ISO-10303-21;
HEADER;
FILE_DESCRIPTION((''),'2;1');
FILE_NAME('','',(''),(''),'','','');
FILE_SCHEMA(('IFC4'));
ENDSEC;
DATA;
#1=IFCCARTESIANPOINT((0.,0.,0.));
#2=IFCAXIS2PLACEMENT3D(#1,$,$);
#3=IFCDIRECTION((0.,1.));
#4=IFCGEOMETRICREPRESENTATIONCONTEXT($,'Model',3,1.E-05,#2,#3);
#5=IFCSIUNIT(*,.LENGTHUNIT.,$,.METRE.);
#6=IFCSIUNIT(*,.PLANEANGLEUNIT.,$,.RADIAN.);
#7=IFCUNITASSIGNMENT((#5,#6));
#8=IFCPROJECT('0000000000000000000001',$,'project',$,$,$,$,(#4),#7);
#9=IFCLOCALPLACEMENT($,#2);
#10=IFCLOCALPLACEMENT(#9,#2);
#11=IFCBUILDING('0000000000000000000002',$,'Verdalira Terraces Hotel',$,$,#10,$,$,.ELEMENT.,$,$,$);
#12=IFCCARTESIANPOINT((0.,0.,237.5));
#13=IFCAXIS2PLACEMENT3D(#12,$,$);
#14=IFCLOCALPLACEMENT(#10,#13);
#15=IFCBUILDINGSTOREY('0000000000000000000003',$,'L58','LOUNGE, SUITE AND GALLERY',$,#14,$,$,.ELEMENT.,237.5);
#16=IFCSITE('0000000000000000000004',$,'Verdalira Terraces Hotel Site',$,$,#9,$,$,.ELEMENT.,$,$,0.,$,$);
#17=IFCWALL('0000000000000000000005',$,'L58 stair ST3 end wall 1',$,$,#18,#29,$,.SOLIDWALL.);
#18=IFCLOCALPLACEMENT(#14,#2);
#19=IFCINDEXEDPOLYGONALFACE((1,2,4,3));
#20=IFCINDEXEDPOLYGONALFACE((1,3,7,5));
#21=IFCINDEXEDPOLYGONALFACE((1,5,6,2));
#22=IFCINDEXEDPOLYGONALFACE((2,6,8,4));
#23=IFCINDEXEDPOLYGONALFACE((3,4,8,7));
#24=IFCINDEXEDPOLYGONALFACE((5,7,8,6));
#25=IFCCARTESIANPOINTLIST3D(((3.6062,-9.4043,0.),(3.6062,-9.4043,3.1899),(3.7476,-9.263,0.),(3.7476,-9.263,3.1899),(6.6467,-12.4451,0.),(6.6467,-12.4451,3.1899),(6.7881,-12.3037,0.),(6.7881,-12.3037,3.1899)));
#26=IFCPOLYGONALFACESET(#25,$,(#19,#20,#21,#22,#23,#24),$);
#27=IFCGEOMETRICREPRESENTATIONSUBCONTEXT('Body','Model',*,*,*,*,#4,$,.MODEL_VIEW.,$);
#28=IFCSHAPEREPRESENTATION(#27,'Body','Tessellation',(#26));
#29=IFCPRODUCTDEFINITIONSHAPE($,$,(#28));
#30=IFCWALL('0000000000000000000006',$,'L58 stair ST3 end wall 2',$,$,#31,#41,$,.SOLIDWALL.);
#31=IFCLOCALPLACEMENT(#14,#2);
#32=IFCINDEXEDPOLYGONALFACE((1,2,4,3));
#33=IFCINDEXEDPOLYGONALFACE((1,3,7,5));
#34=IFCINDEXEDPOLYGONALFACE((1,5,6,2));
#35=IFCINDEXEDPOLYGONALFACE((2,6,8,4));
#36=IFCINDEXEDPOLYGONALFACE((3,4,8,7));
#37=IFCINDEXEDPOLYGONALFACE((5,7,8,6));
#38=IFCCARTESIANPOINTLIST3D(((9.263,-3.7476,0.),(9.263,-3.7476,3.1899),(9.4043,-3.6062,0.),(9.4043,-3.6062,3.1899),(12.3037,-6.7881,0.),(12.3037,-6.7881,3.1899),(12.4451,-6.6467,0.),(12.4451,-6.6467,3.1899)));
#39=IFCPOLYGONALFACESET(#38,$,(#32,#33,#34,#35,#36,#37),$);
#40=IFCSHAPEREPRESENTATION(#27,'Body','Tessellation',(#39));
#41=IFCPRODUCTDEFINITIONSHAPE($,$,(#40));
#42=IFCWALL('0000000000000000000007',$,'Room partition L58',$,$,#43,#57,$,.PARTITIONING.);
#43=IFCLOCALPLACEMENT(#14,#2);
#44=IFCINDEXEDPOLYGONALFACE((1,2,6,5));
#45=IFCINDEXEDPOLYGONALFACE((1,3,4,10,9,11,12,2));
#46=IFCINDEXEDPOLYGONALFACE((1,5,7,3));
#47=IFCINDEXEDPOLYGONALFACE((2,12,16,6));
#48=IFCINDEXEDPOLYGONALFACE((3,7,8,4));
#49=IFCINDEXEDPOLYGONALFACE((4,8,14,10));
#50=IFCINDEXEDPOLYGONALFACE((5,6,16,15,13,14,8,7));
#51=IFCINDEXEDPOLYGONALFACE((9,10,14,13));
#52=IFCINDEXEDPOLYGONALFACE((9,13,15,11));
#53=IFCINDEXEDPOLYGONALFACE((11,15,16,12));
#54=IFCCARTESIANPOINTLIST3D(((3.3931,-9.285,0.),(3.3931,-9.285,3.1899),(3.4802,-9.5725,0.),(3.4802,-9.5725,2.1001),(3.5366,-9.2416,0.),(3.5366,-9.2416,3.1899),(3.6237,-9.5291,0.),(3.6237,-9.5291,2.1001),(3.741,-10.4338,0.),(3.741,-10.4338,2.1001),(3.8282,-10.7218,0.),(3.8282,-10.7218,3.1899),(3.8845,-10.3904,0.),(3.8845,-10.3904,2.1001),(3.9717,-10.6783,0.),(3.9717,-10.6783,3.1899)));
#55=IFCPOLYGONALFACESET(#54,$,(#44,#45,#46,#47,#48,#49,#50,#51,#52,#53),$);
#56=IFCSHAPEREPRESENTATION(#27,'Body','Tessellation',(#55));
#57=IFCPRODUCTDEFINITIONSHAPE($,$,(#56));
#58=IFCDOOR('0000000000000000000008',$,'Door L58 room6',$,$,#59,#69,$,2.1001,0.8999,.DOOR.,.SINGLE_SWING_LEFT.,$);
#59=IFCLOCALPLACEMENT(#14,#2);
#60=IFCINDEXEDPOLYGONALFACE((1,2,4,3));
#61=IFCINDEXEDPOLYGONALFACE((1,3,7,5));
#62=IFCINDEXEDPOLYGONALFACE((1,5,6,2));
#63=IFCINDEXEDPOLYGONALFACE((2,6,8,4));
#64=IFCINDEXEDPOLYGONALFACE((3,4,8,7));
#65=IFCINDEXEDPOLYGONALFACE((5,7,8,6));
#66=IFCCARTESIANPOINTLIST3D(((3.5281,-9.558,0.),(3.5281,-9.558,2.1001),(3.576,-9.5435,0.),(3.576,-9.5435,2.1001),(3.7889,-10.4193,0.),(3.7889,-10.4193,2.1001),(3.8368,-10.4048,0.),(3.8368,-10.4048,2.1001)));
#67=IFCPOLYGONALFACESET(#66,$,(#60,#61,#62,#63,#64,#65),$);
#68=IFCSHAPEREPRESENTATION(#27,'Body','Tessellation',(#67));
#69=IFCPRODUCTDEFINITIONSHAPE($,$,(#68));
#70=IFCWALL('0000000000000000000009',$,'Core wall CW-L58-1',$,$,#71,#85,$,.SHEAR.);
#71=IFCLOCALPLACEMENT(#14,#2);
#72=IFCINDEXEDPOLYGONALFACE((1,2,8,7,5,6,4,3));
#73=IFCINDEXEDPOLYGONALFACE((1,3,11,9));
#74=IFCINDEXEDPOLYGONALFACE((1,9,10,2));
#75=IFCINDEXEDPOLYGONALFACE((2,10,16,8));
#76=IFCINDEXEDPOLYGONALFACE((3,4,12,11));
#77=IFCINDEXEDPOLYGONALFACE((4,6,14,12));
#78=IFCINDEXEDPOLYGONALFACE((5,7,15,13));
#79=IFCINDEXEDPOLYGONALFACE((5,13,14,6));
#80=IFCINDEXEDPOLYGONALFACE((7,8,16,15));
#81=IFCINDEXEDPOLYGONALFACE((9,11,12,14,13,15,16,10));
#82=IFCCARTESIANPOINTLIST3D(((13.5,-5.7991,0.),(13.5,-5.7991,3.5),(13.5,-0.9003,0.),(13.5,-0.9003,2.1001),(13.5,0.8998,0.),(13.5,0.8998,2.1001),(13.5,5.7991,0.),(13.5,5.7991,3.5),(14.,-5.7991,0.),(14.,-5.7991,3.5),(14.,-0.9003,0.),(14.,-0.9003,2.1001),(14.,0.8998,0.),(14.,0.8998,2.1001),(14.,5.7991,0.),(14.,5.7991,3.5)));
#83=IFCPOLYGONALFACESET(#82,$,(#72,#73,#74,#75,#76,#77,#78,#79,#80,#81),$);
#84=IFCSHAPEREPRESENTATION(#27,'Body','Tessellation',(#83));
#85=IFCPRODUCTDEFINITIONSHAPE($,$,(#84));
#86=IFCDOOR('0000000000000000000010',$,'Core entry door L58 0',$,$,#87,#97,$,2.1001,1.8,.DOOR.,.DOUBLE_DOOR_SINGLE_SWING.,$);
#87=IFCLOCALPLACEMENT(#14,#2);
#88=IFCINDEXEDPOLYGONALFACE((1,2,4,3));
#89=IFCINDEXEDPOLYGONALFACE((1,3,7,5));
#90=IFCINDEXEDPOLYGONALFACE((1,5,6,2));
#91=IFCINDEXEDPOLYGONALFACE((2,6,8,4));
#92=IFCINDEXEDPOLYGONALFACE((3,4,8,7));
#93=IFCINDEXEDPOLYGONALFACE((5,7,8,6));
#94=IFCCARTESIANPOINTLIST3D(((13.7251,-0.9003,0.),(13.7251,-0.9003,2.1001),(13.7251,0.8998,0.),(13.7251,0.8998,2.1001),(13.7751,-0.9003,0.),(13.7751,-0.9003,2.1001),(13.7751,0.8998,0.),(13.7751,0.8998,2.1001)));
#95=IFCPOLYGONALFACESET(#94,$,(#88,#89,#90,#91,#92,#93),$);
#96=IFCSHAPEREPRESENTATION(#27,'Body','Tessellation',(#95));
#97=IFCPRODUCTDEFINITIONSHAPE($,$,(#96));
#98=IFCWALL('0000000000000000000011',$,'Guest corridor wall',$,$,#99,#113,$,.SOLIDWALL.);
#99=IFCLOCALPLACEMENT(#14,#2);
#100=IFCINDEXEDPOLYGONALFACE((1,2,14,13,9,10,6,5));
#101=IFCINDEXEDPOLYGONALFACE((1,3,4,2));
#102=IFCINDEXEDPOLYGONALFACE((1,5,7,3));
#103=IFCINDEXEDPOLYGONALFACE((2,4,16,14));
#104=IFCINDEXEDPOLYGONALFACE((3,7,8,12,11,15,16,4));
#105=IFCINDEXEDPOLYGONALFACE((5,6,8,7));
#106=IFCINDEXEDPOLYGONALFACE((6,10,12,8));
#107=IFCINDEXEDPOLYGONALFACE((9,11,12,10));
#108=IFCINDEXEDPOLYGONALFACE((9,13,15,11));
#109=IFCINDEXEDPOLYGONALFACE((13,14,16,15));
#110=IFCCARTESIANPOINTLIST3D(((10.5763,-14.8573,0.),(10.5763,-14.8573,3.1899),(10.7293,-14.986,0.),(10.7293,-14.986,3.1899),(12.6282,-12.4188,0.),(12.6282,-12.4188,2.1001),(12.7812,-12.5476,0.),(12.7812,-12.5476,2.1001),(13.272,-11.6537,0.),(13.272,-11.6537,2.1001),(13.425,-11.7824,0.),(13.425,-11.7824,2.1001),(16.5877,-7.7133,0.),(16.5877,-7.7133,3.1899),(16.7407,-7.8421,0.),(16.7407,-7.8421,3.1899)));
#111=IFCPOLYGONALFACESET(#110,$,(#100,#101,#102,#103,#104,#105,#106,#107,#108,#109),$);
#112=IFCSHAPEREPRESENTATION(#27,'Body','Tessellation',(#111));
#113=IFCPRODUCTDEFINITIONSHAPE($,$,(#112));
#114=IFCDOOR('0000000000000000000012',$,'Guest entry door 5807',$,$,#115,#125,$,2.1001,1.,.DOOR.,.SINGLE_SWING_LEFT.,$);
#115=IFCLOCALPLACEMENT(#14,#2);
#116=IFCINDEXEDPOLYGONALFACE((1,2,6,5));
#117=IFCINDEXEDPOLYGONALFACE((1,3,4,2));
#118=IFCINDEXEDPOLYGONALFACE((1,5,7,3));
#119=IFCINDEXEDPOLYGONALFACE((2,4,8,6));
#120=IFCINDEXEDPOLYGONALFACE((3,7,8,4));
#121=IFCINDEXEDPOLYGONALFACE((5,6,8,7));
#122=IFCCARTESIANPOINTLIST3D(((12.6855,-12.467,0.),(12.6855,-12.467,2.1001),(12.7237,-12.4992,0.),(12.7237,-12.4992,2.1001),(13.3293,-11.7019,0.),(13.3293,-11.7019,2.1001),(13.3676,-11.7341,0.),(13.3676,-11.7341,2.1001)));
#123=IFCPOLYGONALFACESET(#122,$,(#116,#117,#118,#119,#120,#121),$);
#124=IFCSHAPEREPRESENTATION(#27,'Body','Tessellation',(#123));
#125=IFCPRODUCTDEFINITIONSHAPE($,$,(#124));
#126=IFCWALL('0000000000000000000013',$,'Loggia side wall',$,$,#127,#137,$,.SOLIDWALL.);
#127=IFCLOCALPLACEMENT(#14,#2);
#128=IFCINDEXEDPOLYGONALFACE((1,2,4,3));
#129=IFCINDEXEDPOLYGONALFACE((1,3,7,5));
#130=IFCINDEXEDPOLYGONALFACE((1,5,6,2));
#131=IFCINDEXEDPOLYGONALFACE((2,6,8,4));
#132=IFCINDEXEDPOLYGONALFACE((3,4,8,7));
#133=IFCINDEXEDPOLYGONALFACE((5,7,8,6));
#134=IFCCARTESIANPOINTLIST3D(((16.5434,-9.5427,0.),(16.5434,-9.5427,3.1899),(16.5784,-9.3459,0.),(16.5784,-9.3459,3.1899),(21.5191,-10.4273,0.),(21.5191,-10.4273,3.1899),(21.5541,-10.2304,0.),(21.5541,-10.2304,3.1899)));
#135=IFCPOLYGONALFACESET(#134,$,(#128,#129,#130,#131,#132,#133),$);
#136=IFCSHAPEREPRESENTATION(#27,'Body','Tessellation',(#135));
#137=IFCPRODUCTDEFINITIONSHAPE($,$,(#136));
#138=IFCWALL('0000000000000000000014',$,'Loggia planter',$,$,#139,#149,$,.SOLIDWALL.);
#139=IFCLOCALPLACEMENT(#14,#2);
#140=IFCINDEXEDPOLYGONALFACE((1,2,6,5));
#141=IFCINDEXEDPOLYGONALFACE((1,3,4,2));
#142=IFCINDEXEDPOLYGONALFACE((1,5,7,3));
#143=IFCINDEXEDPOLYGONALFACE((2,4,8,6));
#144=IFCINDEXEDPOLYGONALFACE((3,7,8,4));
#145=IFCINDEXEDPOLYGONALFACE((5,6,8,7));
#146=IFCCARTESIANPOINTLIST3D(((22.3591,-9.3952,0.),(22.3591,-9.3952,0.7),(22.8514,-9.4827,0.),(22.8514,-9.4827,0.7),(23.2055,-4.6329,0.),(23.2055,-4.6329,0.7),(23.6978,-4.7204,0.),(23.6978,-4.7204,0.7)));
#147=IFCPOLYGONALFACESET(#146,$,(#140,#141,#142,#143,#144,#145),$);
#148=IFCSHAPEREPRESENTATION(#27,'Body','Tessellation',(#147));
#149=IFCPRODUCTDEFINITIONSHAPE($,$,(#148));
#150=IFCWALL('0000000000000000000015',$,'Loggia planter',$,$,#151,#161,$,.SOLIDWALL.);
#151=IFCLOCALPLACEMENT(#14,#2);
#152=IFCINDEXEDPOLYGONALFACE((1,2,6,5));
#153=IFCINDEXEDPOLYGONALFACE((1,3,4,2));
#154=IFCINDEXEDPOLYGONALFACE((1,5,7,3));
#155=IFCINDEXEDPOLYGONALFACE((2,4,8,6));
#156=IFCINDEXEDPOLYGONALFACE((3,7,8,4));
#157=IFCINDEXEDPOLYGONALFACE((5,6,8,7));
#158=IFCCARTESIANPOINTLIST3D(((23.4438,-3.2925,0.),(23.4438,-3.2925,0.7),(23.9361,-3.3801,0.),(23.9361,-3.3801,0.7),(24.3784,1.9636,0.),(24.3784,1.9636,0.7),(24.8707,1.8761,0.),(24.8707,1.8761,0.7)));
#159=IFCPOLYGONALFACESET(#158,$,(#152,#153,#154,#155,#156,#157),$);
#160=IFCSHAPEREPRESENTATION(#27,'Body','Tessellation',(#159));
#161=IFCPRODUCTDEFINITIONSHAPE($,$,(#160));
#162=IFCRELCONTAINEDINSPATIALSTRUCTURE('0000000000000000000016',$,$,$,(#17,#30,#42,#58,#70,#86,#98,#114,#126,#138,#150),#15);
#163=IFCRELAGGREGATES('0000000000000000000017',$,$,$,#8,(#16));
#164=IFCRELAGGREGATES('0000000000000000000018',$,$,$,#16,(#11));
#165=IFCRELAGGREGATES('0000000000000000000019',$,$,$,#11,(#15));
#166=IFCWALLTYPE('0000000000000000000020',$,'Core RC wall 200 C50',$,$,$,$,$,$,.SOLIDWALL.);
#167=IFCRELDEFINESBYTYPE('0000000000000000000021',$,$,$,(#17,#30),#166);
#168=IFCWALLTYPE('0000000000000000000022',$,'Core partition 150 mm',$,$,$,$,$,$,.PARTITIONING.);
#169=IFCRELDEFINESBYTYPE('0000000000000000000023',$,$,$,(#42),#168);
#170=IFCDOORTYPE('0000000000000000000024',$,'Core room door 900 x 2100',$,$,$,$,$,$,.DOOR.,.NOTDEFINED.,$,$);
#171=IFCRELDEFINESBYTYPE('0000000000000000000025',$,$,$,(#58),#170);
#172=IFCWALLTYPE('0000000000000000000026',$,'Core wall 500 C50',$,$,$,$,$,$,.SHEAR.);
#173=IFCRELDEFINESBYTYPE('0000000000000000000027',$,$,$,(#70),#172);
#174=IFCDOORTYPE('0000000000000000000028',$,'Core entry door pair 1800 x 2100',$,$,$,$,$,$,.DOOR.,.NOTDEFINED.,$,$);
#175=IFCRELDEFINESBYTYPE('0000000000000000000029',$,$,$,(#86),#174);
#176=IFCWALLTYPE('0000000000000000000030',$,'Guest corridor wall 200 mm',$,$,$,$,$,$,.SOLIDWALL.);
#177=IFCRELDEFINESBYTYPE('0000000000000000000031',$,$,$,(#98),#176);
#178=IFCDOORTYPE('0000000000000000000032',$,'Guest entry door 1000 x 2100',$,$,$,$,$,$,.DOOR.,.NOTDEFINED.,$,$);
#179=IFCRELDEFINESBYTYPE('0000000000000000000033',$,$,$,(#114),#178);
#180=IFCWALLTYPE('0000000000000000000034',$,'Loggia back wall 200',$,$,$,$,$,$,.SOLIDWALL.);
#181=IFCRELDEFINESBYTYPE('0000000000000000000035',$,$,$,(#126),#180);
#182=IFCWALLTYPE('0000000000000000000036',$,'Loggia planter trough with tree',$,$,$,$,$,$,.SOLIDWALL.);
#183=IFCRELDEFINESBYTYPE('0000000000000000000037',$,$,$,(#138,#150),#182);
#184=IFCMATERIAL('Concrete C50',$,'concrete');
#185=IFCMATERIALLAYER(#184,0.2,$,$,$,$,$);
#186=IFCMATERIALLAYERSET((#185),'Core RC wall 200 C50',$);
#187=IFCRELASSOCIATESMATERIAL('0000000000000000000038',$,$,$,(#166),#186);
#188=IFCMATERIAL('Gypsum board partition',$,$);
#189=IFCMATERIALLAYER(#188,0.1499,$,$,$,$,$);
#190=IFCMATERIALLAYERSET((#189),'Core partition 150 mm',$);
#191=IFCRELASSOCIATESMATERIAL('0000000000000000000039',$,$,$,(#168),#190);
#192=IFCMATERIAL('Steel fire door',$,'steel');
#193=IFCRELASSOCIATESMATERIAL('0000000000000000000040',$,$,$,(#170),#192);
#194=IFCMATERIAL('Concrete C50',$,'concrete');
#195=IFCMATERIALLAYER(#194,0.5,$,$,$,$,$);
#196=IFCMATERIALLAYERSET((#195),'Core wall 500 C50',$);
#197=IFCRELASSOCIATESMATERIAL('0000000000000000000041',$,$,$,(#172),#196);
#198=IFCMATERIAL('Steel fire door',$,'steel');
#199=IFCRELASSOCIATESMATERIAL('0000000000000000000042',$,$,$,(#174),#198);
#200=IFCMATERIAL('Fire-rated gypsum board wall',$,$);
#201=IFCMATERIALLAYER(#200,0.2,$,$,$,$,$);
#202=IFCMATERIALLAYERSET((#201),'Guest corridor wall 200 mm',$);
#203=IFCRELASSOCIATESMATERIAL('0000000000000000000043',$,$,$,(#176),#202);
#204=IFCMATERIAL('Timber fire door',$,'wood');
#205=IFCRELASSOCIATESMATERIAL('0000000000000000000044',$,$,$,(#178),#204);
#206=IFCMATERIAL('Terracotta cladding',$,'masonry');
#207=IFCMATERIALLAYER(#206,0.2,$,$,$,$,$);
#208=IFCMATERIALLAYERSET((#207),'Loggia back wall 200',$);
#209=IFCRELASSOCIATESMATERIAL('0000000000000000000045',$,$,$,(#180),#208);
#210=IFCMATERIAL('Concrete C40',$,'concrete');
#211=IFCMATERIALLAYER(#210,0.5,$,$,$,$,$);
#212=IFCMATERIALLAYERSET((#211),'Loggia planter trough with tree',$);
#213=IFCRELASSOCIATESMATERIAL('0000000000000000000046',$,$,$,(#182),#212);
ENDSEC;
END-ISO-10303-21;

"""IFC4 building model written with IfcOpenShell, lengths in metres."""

from ifc_helpers import new_model, si_unit, direction, frame, frame_2d, origin, place, context, subcontext, project, spatial, rectangle, extrude, material, layer, layer_set, type_object, element, fill, save


model = new_model("IFC4")

# Units and contexts
model_context = context("Model", 3, precision=1e-05, world=origin(), true_north=direction((0.0, 1.0)))
body_context = subcontext(model_context, "Body", "Model", "MODEL_VIEW")
ifc_project = project(units=[si_unit("LENGTHUNIT", "METRE"), si_unit("PLANEANGLEUNIT", "RADIAN")], contexts=[model_context])

# Site, building, storey
site_placement = place(None, origin())
site = spatial("IfcSite", under=ifc_project, at=site_placement, Name="Verdalira Terraces Hotel Site", CompositionType="ELEMENT", RefElevation=0.0)
building_placement = place(site_placement, origin())
building = spatial("IfcBuilding", under=site, at=building_placement, Name="Verdalira Terraces Hotel", CompositionType="ELEMENT")
storey_placement = place(building_placement, frame((0.0, 0.0, 237.5)))
storey = spatial("IfcBuildingStorey", under=building, at=storey_placement, Name="L58", Description="LOUNGE, SUITE AND GALLERY", CompositionType="ELEMENT", Elevation=237.5)

# Shared definitions
ifc_material_1 = material(Name="Concrete C50", Category="concrete")
ifc_layer_1 = layer(ifc_material_1, 0.2)
ifc_layer_set_1 = layer_set([ifc_layer_1], Name="Core RC wall 200 C50")
wall_type_1 = type_object("IfcWallType", Name="Core RC wall 200 C50", PredefinedType="SOLIDWALL", material=ifc_layer_set_1)

# Walls
for number, where, z_axis, x_axis, name in (
    (1, (3.677, -9.3337, 0.0), (0.0, 0.0, 1.0), (0.707078, -0.707135, 0.0), "L58 stair ST3 end wall 1"),
    (2, (9.3337, -3.677, 0.0), (0.0, 0.0, 1.0), (0.707135, -0.707078, 0.0), "L58 stair ST3 end wall 2"),
):
    element("IfcWall", number, at=place(storey_placement, frame(where, z_axis=z_axis, x_axis=x_axis)), inside=storey, type_object=wall_type_1, Name=name, PredefinedType="SOLIDWALL", context=body_context, shape_type="SweptSolid", body=[
        extrude(rectangle(XDim=4.3, YDim=0.2, at=frame_2d((2.1499, 0.0))), origin(), (0.0, 0.0, 1.0), 3.1899),
    ])

# Walls, openings, doors
ifc_material_2 = material(Name="Gypsum board partition")
ifc_layer_2 = layer(ifc_material_2, 0.1499)
ifc_layer_set_2 = layer_set([ifc_layer_2], Name="Core partition 150 mm")
wall_type_2 = type_object("IfcWallType", Name="Core partition 150 mm", PredefinedType="PARTITIONING", material=ifc_layer_set_2)
wall_1_placement = place(storey_placement, frame((3.8999, -10.7, 0.0), z_axis=(0.0, 0.0, 1.0), x_axis=(-0.289809, 0.957085, 0.0)))
wall_1 = element("IfcWall", 3, at=wall_1_placement, inside=storey, type_object=wall_type_2, Name="Room partition L58", PredefinedType="PARTITIONING", context=body_context, shape_type="SweptSolid", body=[
    extrude(rectangle(XDim=1.5012, YDim=0.1499, at=frame_2d((0.7505, 0.0))), origin(), (0.0, 0.0, 1.0), 3.1899),
])
opening_1_placement = place(wall_1_placement, frame((0.3008, 0.0, 0.0)))
opening_1 = element("IfcOpeningElement", 4, at=opening_1_placement, cuts=wall_1, PredefinedType="OPENING", context=body_context, shape_type="SweptSolid", body=[
    extrude(rectangle(XDim=0.8999, YDim=2.1001, at=frame_2d((0.45, 1.05))), frame((0.0, 0.085, 0.0), z_axis=(0.0, -1.0, 0.0), x_axis=(1.0, 0.0, 0.0)), (0.0, 0.0, 1.0), 0.1699),
])
ifc_material_3 = material(Name="Steel fire door", Category="steel")
door_type_1 = type_object("IfcDoorType", Name="Core room door 900 x 2100", OperationType="NOTDEFINED", PredefinedType="DOOR", material=ifc_material_3)
door_1_placement = place(opening_1_placement, origin())
door_1 = element("IfcDoor", 5, at=door_1_placement, inside=storey, type_object=door_type_1, Name="Door L58 room6", OperationType="SINGLE_SWING_LEFT", OverallHeight=2.1001, OverallWidth=0.8999, PredefinedType="DOOR", context=body_context, shape_type="SweptSolid", body=[
    extrude(rectangle(XDim=0.8999, YDim=2.1001, at=frame_2d((0.45, 1.05))), frame((0.0, 0.0249, 0.0), z_axis=(0.0, -1.0, 0.0), x_axis=(1.0, 0.0, 0.0)), (0.0, 0.0, 1.0), 0.05),
])
fill(opening_1, door_1)
ifc_material_4 = material(Name="Concrete C50", Category="concrete")
ifc_layer_3 = layer(ifc_material_4, 0.5)
ifc_layer_set_3 = layer_set([ifc_layer_3], Name="Core wall 500 C50")
wall_type_3 = type_object("IfcWallType", Name="Core wall 500 C50", PredefinedType="SHEAR", material=ifc_layer_set_3)
wall_2_placement = place(storey_placement, frame((13.75, -5.7991, 0.0), z_axis=(0.0, 0.0, 1.0), x_axis=(0.0, 1.0, 0.0)))
wall_2 = element("IfcWall", 6, at=wall_2_placement, inside=storey, type_object=wall_type_3, Name="Core wall CW-L58-1", PredefinedType="SHEAR", context=body_context, shape_type="SweptSolid", body=[
    extrude(rectangle(XDim=11.5981, YDim=0.5, at=frame_2d((5.7991, 0.0))), origin(), (0.0, 0.0, 1.0), 3.5),
])
opening_2_placement = place(wall_2_placement, frame((4.8989, 0.0, 0.0)))
opening_2 = element("IfcOpeningElement", 7, at=opening_2_placement, cuts=wall_2, PredefinedType="OPENING", context=body_context, shape_type="SweptSolid", body=[
    extrude(rectangle(XDim=1.8, YDim=2.1001, at=frame_2d((0.8999, 1.05))), frame((0.0, 0.26, 0.0), z_axis=(0.0, -1.0, 0.0), x_axis=(1.0, 0.0, 0.0)), (0.0, 0.0, 1.0), 0.52),
])
ifc_material_5 = material(Name="Steel fire door", Category="steel")
door_type_2 = type_object("IfcDoorType", Name="Core entry door pair 1800 x 2100", OperationType="NOTDEFINED", PredefinedType="DOOR", material=ifc_material_5)
door_2_placement = place(opening_2_placement, origin())
door_2 = element("IfcDoor", 8, at=door_2_placement, inside=storey, type_object=door_type_2, Name="Core entry door L58 0", OperationType="DOUBLE_DOOR_SINGLE_SWING", OverallHeight=2.1001, OverallWidth=1.8, PredefinedType="DOOR", context=body_context, shape_type="SweptSolid", body=[
    extrude(rectangle(XDim=1.8, YDim=2.1001, at=frame_2d((0.8999, 1.05))), frame((0.0, 0.0249, 0.0), z_axis=(0.0, -1.0, 0.0), x_axis=(1.0, 0.0, 0.0)), (0.0, 0.0, 1.0), 0.05),
])
fill(opening_2, door_2)
ifc_material_6 = material(Name="Fire-rated gypsum board wall")
ifc_layer_4 = layer(ifc_material_6, 0.2)
ifc_layer_set_4 = layer_set([ifc_layer_4], Name="Guest corridor wall 200 mm")
wall_type_4 = type_object("IfcWallType", Name="Guest corridor wall 200 mm", PredefinedType="SOLIDWALL", material=ifc_layer_set_4)
wall_3_placement = place(storey_placement, frame((16.6643, -7.7776, 0.0), z_axis=(0.0, 0.0, 1.0), x_axis=(-0.64385, -0.765152, 0.0)))
wall_3 = element("IfcWall", 9, at=wall_3_placement, inside=storey, type_object=wall_type_4, Name="Guest corridor wall", PredefinedType="SOLIDWALL", context=body_context, shape_type="SweptSolid", body=[
    extrude(rectangle(XDim=9.3367, YDim=0.2, at=frame_2d((4.6685, 0.0))), origin(), (0.0, 0.0, 1.0), 3.1899),
])
opening_3_placement = place(wall_3_placement, frame((5.1499, 0.0, 0.0)))
opening_3 = element("IfcOpeningElement", 10, at=opening_3_placement, cuts=wall_3, PredefinedType="OPENING", context=body_context, shape_type="SweptSolid", body=[
    extrude(rectangle(XDim=1.0, YDim=2.1001, at=frame_2d((0.5, 1.05))), frame((0.0, 0.1099, 0.0), z_axis=(0.0, -1.0, 0.0), x_axis=(1.0, 0.0, 0.0)), (0.0, 0.0, 1.0), 0.22),
])
ifc_material_7 = material(Name="Timber fire door", Category="wood")
door_type_3 = type_object("IfcDoorType", Name="Guest entry door 1000 x 2100", OperationType="NOTDEFINED", PredefinedType="DOOR", material=ifc_material_7)
door_3_placement = place(opening_3_placement, origin())
door_3 = element("IfcDoor", 11, at=door_3_placement, inside=storey, type_object=door_type_3, Name="Guest entry door 5807", OperationType="SINGLE_SWING_LEFT", OverallHeight=2.1001, OverallWidth=1.0, PredefinedType="DOOR", context=body_context, shape_type="SweptSolid", body=[
    extrude(rectangle(XDim=1.0, YDim=2.1001, at=frame_2d((0.5, 1.05))), frame((0.0, 0.0249, 0.0), z_axis=(0.0, -1.0, 0.0), x_axis=(1.0, 0.0, 0.0)), (0.0, 0.0, 1.0), 0.05),
])
fill(opening_3, door_3)

# Walls
ifc_material_8 = material(Name="Terracotta cladding", Category="masonry")
ifc_layer_5 = layer(ifc_material_8, 0.2)
ifc_layer_set_5 = layer_set([ifc_layer_5], Name="Loggia back wall 200")
wall_type_5 = type_object("IfcWallType", Name="Loggia back wall 200", PredefinedType="SOLIDWALL", material=ifc_layer_set_5)
wall_4_placement = place(storey_placement, frame((21.5366, -10.3289, 0.0), z_axis=(0.0, 0.0, 1.0), x_axis=(-0.984563, 0.175028, 0.0)))
element("IfcWall", 12, at=wall_4_placement, inside=storey, type_object=wall_type_5, Name="Loggia side wall", PredefinedType="SOLIDWALL", context=body_context, shape_type="SweptSolid", body=[
    extrude(rectangle(XDim=5.0537, YDim=0.2, at=frame_2d((2.5269, 0.0))), origin(), (0.0, 0.0, 1.0), 3.1899),
])
ifc_material_9 = material(Name="Concrete C40", Category="concrete")
ifc_layer_6 = layer(ifc_material_9, 0.5)
ifc_layer_set_6 = layer_set([ifc_layer_6], Name="Loggia planter trough with tree")
wall_type_6 = type_object("IfcWallType", Name="Loggia planter trough with tree", PredefinedType="SOLIDWALL", material=ifc_layer_set_6)
wall_5_placement = place(storey_placement, frame((22.6052, -9.439, 0.0), z_axis=(0.0, 0.0, 1.0), x_axis=(0.174997, 0.984569, 0.0)))
element("IfcWall", 13, at=wall_5_placement, inside=storey, type_object=wall_type_6, Name="Loggia planter", PredefinedType="SOLIDWALL", context=body_context, shape_type="SweptSolid", body=[
    extrude(rectangle(XDim=4.8369, YDim=0.5, at=frame_2d((2.4185, 0.0))), origin(), (0.0, 0.0, 1.0), 0.7),
])
wall_6_placement = place(storey_placement, frame((23.6899, -3.3364, 0.0), z_axis=(0.0, 0.0, 1.0), x_axis=(0.175061, 0.984558, 0.0)))
element("IfcWall", 14, at=wall_6_placement, inside=storey, type_object=wall_type_6, Name="Loggia planter", PredefinedType="SOLIDWALL", context=body_context, shape_type="SweptSolid", body=[
    extrude(rectangle(XDim=5.3386, YDim=0.5, at=frame_2d((2.6694, 0.0))), origin(), (0.0, 0.0, 1.0), 0.7),
])

save(model, "model.ifc")
